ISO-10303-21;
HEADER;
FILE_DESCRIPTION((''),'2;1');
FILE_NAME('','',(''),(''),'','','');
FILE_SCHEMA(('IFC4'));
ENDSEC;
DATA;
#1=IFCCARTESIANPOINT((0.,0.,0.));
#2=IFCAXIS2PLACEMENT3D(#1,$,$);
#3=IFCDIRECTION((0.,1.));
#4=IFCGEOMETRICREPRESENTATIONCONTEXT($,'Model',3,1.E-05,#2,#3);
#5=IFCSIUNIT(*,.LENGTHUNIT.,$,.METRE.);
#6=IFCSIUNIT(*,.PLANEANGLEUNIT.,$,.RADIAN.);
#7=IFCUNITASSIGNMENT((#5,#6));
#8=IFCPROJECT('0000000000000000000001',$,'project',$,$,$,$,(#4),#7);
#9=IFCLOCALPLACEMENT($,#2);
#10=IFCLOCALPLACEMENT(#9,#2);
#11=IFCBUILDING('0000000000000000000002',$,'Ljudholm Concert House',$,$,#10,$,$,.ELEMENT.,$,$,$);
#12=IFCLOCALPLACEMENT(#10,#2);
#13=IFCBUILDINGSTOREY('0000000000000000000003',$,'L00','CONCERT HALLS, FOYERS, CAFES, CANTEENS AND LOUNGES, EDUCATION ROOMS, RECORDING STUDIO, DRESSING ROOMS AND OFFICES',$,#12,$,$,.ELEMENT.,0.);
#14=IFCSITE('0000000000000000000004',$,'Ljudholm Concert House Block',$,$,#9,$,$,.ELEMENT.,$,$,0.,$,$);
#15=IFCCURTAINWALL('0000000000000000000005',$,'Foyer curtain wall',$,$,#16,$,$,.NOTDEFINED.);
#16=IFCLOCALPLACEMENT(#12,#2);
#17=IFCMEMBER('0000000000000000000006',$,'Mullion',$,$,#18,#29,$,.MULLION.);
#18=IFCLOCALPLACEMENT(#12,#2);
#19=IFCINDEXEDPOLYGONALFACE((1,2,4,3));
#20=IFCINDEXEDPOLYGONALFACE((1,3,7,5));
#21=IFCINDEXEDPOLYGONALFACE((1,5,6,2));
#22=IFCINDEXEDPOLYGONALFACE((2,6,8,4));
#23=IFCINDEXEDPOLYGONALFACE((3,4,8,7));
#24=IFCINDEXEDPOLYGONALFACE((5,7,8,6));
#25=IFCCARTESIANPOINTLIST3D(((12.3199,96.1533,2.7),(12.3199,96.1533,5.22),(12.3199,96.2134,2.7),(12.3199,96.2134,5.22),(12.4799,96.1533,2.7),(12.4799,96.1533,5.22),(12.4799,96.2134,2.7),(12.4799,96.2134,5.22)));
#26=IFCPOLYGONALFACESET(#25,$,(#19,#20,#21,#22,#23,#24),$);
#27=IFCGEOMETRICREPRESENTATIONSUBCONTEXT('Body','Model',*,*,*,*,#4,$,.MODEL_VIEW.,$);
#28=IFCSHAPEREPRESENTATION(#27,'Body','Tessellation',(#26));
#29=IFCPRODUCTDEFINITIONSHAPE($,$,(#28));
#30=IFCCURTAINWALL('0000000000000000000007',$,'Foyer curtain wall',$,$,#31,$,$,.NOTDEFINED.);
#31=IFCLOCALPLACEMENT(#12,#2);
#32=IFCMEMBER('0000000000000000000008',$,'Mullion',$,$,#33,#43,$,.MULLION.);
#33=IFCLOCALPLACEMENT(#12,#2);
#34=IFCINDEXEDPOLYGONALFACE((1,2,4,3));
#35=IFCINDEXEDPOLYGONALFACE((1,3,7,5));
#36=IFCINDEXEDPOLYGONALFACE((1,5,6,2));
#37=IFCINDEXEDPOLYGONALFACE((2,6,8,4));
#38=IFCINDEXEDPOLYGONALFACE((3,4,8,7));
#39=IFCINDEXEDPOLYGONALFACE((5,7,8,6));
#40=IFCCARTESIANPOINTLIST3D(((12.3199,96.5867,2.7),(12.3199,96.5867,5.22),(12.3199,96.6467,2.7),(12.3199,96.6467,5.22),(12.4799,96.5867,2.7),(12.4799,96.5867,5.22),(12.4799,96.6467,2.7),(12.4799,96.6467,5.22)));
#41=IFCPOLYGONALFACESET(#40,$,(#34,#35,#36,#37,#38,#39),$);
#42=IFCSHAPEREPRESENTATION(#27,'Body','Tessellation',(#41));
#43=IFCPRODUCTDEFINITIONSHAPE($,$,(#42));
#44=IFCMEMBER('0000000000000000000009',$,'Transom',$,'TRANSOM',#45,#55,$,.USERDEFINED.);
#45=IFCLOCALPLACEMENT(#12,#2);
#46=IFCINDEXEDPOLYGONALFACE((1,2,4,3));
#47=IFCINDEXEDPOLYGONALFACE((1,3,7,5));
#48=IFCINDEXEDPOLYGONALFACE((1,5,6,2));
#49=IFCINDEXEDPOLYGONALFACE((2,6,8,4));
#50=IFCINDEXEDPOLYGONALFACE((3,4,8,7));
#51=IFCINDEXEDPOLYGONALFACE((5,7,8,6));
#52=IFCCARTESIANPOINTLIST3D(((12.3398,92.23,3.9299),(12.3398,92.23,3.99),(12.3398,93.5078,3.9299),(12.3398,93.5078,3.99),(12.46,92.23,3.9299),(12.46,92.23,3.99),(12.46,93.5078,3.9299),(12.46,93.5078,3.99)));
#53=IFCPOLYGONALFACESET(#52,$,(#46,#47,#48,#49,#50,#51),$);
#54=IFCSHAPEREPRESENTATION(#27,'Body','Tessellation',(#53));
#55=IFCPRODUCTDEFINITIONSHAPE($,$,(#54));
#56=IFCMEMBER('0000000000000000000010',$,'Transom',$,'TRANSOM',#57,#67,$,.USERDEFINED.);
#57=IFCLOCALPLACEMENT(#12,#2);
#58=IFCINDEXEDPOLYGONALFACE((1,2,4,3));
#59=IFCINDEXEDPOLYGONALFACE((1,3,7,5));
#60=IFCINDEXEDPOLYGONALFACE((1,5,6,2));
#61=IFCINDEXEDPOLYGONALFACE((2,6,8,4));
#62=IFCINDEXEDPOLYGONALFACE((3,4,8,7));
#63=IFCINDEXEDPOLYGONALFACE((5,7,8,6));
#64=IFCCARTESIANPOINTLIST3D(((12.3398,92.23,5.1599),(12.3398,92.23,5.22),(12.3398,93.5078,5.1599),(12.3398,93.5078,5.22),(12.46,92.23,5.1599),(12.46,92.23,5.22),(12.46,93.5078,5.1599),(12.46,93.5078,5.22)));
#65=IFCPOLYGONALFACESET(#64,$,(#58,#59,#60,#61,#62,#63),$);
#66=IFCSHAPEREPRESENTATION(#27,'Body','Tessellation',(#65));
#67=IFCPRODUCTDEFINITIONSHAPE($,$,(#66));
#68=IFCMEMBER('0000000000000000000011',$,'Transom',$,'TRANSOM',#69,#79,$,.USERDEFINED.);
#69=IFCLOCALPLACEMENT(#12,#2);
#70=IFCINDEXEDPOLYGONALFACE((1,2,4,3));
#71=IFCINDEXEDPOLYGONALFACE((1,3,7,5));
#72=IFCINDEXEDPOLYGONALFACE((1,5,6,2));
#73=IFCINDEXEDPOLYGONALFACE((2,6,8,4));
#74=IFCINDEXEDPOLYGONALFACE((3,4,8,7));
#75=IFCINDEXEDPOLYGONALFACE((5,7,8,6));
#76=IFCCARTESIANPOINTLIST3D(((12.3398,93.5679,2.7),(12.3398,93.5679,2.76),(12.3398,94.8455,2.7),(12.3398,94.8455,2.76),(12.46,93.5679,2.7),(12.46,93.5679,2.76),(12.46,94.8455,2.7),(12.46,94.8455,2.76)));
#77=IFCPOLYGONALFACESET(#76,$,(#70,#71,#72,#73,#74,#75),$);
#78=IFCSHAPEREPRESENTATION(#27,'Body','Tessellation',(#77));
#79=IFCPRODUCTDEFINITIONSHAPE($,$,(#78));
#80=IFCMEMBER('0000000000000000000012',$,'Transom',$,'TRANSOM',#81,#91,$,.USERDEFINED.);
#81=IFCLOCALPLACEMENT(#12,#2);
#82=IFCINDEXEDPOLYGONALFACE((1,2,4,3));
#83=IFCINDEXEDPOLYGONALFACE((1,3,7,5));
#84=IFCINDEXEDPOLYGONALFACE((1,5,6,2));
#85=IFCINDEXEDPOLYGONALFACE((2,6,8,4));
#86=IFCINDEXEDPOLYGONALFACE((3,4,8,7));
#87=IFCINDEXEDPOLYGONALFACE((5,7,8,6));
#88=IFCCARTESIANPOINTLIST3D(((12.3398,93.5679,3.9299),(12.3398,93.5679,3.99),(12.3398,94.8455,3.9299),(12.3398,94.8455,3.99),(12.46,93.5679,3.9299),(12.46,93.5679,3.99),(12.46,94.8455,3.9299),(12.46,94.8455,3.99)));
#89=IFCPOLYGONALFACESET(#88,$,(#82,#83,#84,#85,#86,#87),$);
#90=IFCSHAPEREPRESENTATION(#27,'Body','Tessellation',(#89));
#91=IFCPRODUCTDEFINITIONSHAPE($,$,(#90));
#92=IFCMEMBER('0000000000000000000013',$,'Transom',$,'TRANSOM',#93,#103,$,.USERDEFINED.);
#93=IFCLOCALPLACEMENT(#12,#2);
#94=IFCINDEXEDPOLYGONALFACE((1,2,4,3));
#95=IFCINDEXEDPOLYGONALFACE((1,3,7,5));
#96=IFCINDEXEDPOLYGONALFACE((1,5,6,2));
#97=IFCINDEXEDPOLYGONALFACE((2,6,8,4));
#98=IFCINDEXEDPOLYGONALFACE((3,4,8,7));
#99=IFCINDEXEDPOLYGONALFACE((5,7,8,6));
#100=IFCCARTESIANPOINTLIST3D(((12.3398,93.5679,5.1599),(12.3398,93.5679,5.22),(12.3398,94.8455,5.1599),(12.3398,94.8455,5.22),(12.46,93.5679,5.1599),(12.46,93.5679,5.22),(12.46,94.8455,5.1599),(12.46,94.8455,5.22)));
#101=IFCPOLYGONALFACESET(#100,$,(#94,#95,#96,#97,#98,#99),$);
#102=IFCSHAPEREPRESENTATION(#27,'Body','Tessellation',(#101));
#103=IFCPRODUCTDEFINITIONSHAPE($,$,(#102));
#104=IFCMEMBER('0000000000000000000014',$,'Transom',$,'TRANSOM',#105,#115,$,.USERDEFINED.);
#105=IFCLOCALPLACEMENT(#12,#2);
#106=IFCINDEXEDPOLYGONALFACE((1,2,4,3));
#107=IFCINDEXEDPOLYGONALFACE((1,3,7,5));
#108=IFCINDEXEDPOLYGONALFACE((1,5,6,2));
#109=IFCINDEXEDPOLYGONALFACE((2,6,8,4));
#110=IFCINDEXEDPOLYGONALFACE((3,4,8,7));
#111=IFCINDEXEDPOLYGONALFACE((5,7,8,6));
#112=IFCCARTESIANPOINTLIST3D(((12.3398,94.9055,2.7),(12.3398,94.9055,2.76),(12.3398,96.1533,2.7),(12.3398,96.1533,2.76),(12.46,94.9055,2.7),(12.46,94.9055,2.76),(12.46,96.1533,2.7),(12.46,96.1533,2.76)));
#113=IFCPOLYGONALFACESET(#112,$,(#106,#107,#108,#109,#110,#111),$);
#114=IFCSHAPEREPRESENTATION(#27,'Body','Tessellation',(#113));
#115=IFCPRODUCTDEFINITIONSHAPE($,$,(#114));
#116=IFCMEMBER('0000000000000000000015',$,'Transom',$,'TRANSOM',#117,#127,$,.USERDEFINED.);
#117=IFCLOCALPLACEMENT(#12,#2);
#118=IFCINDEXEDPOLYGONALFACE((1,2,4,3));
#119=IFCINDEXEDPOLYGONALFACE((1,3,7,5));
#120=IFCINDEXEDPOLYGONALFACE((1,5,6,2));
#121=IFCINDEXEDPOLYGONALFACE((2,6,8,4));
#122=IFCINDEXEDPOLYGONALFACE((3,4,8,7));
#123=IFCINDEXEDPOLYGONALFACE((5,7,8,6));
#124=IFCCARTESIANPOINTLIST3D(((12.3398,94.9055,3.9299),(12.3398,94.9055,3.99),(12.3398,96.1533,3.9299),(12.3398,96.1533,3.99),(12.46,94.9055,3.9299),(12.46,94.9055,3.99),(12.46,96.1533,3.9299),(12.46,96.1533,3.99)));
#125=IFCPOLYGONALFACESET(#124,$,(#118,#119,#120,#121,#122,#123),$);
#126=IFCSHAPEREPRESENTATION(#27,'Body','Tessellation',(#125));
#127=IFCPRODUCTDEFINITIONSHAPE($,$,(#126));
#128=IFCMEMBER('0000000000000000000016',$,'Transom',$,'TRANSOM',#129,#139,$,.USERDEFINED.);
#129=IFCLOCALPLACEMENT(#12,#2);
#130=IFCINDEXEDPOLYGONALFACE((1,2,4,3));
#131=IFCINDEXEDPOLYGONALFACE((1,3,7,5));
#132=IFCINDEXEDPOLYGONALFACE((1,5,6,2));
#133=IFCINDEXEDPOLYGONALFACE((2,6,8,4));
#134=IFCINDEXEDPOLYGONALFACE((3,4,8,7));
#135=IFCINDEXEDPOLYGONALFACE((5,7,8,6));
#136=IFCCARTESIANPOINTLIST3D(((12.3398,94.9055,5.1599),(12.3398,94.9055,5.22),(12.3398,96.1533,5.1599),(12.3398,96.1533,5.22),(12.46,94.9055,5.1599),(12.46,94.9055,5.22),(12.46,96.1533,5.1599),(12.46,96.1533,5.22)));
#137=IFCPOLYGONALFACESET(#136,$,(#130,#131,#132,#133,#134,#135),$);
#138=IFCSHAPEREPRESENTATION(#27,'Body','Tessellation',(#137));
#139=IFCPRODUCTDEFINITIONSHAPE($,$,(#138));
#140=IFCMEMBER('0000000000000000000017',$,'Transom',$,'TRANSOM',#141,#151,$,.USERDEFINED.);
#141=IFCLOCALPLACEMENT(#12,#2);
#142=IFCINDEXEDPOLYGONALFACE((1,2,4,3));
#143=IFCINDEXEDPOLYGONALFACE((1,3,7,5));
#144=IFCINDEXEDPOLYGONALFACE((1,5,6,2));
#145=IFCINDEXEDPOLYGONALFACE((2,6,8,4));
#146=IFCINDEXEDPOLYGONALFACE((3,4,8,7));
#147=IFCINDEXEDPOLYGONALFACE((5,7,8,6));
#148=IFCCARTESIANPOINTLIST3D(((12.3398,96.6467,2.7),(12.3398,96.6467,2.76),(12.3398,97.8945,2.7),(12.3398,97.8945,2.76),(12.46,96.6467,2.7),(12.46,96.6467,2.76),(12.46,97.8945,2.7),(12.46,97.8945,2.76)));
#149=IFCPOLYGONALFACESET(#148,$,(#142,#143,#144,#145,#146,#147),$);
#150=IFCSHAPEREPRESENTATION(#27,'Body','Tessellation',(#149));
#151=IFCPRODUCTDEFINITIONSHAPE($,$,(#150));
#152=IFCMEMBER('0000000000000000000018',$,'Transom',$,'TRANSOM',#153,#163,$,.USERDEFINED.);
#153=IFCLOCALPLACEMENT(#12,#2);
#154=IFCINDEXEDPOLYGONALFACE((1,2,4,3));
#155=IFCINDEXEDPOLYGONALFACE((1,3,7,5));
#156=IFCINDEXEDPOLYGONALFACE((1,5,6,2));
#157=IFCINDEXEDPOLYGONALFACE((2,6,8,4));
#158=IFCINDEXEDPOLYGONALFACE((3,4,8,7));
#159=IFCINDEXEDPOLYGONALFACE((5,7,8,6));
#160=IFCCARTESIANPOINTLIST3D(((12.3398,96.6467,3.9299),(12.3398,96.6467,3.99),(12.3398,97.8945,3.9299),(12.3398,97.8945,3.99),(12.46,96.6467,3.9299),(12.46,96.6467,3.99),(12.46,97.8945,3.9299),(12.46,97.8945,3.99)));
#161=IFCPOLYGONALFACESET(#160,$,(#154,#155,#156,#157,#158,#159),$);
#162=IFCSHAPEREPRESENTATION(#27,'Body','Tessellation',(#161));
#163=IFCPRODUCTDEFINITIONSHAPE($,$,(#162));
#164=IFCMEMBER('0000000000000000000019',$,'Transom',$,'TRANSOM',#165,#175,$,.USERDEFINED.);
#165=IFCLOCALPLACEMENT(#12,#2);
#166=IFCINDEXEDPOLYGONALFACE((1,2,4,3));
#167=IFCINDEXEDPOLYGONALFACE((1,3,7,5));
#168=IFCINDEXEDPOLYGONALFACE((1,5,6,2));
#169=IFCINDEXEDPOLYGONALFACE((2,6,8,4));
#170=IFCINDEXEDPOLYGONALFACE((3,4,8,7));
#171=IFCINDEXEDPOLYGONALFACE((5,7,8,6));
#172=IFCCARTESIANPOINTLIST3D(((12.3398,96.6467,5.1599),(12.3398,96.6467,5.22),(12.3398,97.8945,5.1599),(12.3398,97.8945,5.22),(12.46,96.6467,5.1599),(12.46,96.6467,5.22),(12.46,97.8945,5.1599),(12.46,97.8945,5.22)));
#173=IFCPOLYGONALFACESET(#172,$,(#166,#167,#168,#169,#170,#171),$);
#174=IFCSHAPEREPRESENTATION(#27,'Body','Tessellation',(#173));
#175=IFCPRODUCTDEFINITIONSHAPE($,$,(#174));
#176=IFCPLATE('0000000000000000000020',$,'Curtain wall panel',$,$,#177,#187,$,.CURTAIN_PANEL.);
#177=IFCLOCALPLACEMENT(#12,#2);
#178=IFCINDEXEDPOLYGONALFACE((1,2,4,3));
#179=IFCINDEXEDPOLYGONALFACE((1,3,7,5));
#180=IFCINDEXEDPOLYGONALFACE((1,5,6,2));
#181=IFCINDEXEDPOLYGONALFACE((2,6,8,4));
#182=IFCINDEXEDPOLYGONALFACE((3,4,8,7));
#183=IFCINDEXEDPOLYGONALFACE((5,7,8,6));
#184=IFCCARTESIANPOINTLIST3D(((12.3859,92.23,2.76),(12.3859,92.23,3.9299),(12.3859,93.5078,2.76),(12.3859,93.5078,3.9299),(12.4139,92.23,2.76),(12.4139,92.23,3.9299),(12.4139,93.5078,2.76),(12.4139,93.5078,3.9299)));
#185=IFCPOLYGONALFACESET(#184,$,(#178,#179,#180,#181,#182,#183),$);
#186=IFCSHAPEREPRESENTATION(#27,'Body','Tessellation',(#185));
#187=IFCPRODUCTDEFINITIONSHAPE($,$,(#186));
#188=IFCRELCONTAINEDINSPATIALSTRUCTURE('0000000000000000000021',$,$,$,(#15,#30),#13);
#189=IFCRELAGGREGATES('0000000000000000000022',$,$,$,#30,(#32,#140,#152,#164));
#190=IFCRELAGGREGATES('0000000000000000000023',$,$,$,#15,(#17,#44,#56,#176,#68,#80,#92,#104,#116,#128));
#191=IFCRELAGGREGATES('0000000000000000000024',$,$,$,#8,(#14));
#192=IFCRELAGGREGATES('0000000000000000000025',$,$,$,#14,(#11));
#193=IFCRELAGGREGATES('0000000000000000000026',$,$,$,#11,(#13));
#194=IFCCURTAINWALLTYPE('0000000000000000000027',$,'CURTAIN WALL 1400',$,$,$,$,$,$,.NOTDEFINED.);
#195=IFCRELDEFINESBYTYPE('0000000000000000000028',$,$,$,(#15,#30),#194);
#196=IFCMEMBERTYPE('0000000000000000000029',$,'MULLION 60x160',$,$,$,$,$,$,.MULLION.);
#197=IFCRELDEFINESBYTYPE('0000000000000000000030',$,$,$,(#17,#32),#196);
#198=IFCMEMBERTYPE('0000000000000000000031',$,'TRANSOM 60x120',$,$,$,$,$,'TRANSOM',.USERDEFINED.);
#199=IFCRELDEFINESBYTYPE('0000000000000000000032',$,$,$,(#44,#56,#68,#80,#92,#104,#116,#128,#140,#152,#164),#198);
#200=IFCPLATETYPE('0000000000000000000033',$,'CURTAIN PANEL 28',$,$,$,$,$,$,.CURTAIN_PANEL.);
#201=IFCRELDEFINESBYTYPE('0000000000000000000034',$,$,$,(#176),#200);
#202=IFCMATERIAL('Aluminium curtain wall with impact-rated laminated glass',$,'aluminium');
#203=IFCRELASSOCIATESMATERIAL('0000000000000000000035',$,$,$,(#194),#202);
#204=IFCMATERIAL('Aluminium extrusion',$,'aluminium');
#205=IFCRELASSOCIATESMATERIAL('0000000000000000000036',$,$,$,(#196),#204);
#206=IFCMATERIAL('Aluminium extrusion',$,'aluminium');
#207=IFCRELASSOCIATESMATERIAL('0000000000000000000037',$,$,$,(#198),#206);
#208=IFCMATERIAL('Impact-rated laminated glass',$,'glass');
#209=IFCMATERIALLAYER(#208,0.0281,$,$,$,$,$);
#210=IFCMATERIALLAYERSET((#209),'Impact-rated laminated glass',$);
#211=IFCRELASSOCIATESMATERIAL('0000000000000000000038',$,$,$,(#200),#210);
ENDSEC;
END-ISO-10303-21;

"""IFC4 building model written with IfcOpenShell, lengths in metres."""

from ifc_helpers import new_model, si_unit, direction, frame, origin, origin_2d, place, context, subcontext, project, spatial, rectangle, extrude, material, layer, layer_set, material_profile, profile_set, type_object, element, aggregate, save


model = new_model("IFC4")

# Units and contexts
model_context = context("Model", 3, precision=1e-05, world=origin(), true_north=direction((0.0, 1.0)))
body_context = subcontext(model_context, "Body", "Model", "MODEL_VIEW")
ifc_project = project(units=[si_unit("LENGTHUNIT", "METRE"), si_unit("PLANEANGLEUNIT", "RADIAN")], contexts=[model_context])

# Site, building, storey
site_placement = place(None, origin())
site = spatial("IfcSite", under=ifc_project, at=site_placement, Name="Ljudholm Concert House Block", CompositionType="ELEMENT", RefElevation=0.0)
building_placement = place(site_placement, origin())
building = spatial("IfcBuilding", under=site, at=building_placement, Name="Ljudholm Concert House", CompositionType="ELEMENT")
storey_placement = place(building_placement, origin())
storey = spatial("IfcBuildingStorey", under=building, at=storey_placement, Name="L00", Description="CONCERT HALLS, FOYERS, CAFES, CANTEENS AND LOUNGES, EDUCATION ROOMS, RECORDING STUDIO, DRESSING ROOMS AND OFFICES", CompositionType="ELEMENT", Elevation=0.0)

# Curtain wall, member
ifc_material_1 = material(Name="Aluminium curtain wall with impact-rated laminated glass", Category="aluminium")
curtain_wall_type = type_object("IfcCurtainWallType", Name="CURTAIN WALL 1400", PredefinedType="NOTDEFINED", material=ifc_material_1)
curtain_wall_1_placement = place(storey_placement, origin())
curtain_wall_1 = element("IfcCurtainWall", 1, at=curtain_wall_1_placement, inside=storey, type_object=curtain_wall_type, Name="Foyer curtain wall", PredefinedType="NOTDEFINED")
ifc_material_2 = material(Name="Aluminium extrusion", Category="aluminium")
ifc_material_profile_1 = material_profile(ifc_material_2, rectangle(XDim=0.1599, YDim=0.0601, at=origin_2d()), Name="MULLION 60x160")
ifc_profile_set_1 = profile_set([ifc_material_profile_1], Name="Aluminium extrusion")
member_type_1 = type_object("IfcMemberType", Name="MULLION 60x160", PredefinedType="MULLION", material=ifc_profile_set_1)
member_1_placement = place(storey_placement, frame((12.3999, 96.1833, 2.7), z_axis=(0.0, 0.0, 1.0), x_axis=(-1.0, 0.0, 0.0)))
member_1 = element("IfcMember", 2, at=member_1_placement, type_object=member_type_1, Name="Mullion", PredefinedType="MULLION", context=body_context, shape_type="SweptSolid", body=[
    extrude(rectangle(XDim=0.1599, YDim=0.0601, at=origin_2d()), origin(), (0.0, 0.0, 1.0), 2.52),
])

# Curtain wall, member
curtain_wall_2_placement = place(storey_placement, origin())
curtain_wall_2 = element("IfcCurtainWall", 3, at=curtain_wall_2_placement, inside=storey, type_object=curtain_wall_type, Name="Foyer curtain wall", PredefinedType="NOTDEFINED")
member_2_placement = place(storey_placement, frame((12.3999, 96.6167, 2.7), z_axis=(0.0, 0.0, 1.0), x_axis=(-1.0, 0.0, 0.0)))
member_2 = element("IfcMember", 4, at=member_2_placement, type_object=member_type_1, Name="Mullion", PredefinedType="MULLION", context=body_context, shape_type="SweptSolid", body=[
    extrude(rectangle(XDim=0.1599, YDim=0.0601, at=origin_2d()), origin(), (0.0, 0.0, 1.0), 2.52),
])

# Members
ifc_material_3 = material(Name="Aluminium extrusion", Category="aluminium")
ifc_material_profile_2 = material_profile(ifc_material_3, rectangle(XDim=0.1201, YDim=0.0601, at=origin_2d()), Name="TRANSOM 60x120")
ifc_profile_set_2 = profile_set([ifc_material_profile_2], Name="Aluminium extrusion")
member_type_2 = type_object("IfcMemberType", Name="TRANSOM 60x120", ElementType="TRANSOM", PredefinedType="USERDEFINED", material=ifc_profile_set_2)
member_3_placement = place(storey_placement, frame((12.3999, 92.23, 3.96), z_axis=(0.0, 1.0, 0.0), x_axis=(-1.0, 0.0, 0.0)))
member_3 = element("IfcMember", 5, at=member_3_placement, type_object=member_type_2, Name="Transom", ObjectType="TRANSOM", PredefinedType="USERDEFINED", context=body_context, shape_type="SweptSolid", body=[
    extrude(rectangle(XDim=0.1201, YDim=0.0601, at=origin_2d()), origin(), (0.0, 0.0, 1.0), 1.2778),
])
member_4_placement = place(storey_placement, frame((12.3999, 92.23, 5.1899), z_axis=(0.0, 1.0, 0.0), x_axis=(-1.0, 0.0, 0.0)))
member_4 = element("IfcMember", 6, at=member_4_placement, type_object=member_type_2, Name="Transom", ObjectType="TRANSOM", PredefinedType="USERDEFINED", context=body_context, shape_type="SweptSolid", body=[
    extrude(rectangle(XDim=0.1201, YDim=0.0601, at=origin_2d()), origin(), (0.0, 0.0, 1.0), 1.2778),
])
member_5_placement = place(storey_placement, frame((12.3999, 93.5679, 2.73), z_axis=(0.0, 1.0, 0.0), x_axis=(-1.0, 0.0, 0.0)))
member_5 = element("IfcMember", 7, at=member_5_placement, type_object=member_type_2, Name="Transom", ObjectType="TRANSOM", PredefinedType="USERDEFINED", context=body_context, shape_type="SweptSolid", body=[
    extrude(rectangle(XDim=0.1201, YDim=0.0601, at=origin_2d()), origin(), (0.0, 0.0, 1.0), 1.2776),
])
member_6_placement = place(storey_placement, frame((12.3999, 93.5679, 3.96), z_axis=(0.0, 1.0, 0.0), x_axis=(-1.0, 0.0, 0.0)))
member_6 = element("IfcMember", 8, at=member_6_placement, type_object=member_type_2, Name="Transom", ObjectType="TRANSOM", PredefinedType="USERDEFINED", context=body_context, shape_type="SweptSolid", body=[
    extrude(rectangle(XDim=0.1201, YDim=0.0601, at=origin_2d()), origin(), (0.0, 0.0, 1.0), 1.2776),
])
member_7_placement = place(storey_placement, frame((12.3999, 93.5679, 5.1899), z_axis=(0.0, 1.0, 0.0), x_axis=(-1.0, 0.0, 0.0)))
member_7 = element("IfcMember", 9, at=member_7_placement, type_object=member_type_2, Name="Transom", ObjectType="TRANSOM", PredefinedType="USERDEFINED", context=body_context, shape_type="SweptSolid", body=[
    extrude(rectangle(XDim=0.1201, YDim=0.0601, at=origin_2d()), origin(), (0.0, 0.0, 1.0), 1.2776),
])
member_8_placement = place(storey_placement, frame((12.3999, 94.9055, 2.73), z_axis=(0.0, 1.0, 0.0), x_axis=(-1.0, 0.0, 0.0)))
member_8 = element("IfcMember", 10, at=member_8_placement, type_object=member_type_2, Name="Transom", ObjectType="TRANSOM", PredefinedType="USERDEFINED", context=body_context, shape_type="SweptSolid", body=[
    extrude(rectangle(XDim=0.1201, YDim=0.0601, at=origin_2d()), origin(), (0.0, 0.0, 1.0), 1.2478),
])
member_9_placement = place(storey_placement, frame((12.3999, 94.9055, 3.96), z_axis=(0.0, 1.0, 0.0), x_axis=(-1.0, 0.0, 0.0)))
member_9 = element("IfcMember", 11, at=member_9_placement, type_object=member_type_2, Name="Transom", ObjectType="TRANSOM", PredefinedType="USERDEFINED", context=body_context, shape_type="SweptSolid", body=[
    extrude(rectangle(XDim=0.1201, YDim=0.0601, at=origin_2d()), origin(), (0.0, 0.0, 1.0), 1.2478),
])
member_10_placement = place(storey_placement, frame((12.3999, 94.9055, 5.1899), z_axis=(0.0, 1.0, 0.0), x_axis=(-1.0, 0.0, 0.0)))
member_10 = element("IfcMember", 12, at=member_10_placement, type_object=member_type_2, Name="Transom", ObjectType="TRANSOM", PredefinedType="USERDEFINED", context=body_context, shape_type="SweptSolid", body=[
    extrude(rectangle(XDim=0.1201, YDim=0.0601, at=origin_2d()), origin(), (0.0, 0.0, 1.0), 1.2478),
])
member_11_placement = place(storey_placement, frame((12.3999, 96.6467, 2.73), z_axis=(0.0, 1.0, 0.0), x_axis=(-1.0, 0.0, 0.0)))
member_11 = element("IfcMember", 13, at=member_11_placement, type_object=member_type_2, Name="Transom", ObjectType="TRANSOM", PredefinedType="USERDEFINED", context=body_context, shape_type="SweptSolid", body=[
    extrude(rectangle(XDim=0.1201, YDim=0.0601, at=origin_2d()), origin(), (0.0, 0.0, 1.0), 1.2478),
])
member_12_placement = place(storey_placement, frame((12.3999, 96.6467, 3.96), z_axis=(0.0, 1.0, 0.0), x_axis=(-1.0, 0.0, 0.0)))
member_12 = element("IfcMember", 14, at=member_12_placement, type_object=member_type_2, Name="Transom", ObjectType="TRANSOM", PredefinedType="USERDEFINED", context=body_context, shape_type="SweptSolid", body=[
    extrude(rectangle(XDim=0.1201, YDim=0.0601, at=origin_2d()), origin(), (0.0, 0.0, 1.0), 1.2478),
])
member_13_placement = place(storey_placement, frame((12.3999, 96.6467, 5.1899), z_axis=(0.0, 1.0, 0.0), x_axis=(-1.0, 0.0, 0.0)))
member_13 = element("IfcMember", 15, at=member_13_placement, type_object=member_type_2, Name="Transom", ObjectType="TRANSOM", PredefinedType="USERDEFINED", context=body_context, shape_type="SweptSolid", body=[
    extrude(rectangle(XDim=0.1201, YDim=0.0601, at=origin_2d()), origin(), (0.0, 0.0, 1.0), 1.2478),
])
aggregate(curtain_wall_2, [member_2, member_11, member_12, member_13])

# Plate
ifc_material_4 = material(Name="Impact-rated laminated glass", Category="glass")
ifc_layer_1 = layer(ifc_material_4, 0.0281)
ifc_layer_set_1 = layer_set([ifc_layer_1], Name="Impact-rated laminated glass")
plate_type = type_object("IfcPlateType", Name="CURTAIN PANEL 28", PredefinedType="CURTAIN_PANEL", material=ifc_layer_set_1)
plate_1_placement = place(storey_placement, frame((12.3999, 92.8689, 2.76), z_axis=(0.0, 0.0, 1.0), x_axis=(0.0, 1.0, 0.0)))
plate_1 = element("IfcPlate", 16, at=plate_1_placement, type_object=plate_type, Name="Curtain wall panel", PredefinedType="CURTAIN_PANEL", context=body_context, shape_type="SweptSolid", body=[
    extrude(rectangle(XDim=1.2778, YDim=0.0281, at=origin_2d()), origin(), (0.0, 0.0, 1.0), 1.1699),
])
aggregate(curtain_wall_1, [member_1, member_3, member_4, plate_1, member_5, member_6, member_7, member_8, member_9, member_10])

save(model, "model.ifc")
